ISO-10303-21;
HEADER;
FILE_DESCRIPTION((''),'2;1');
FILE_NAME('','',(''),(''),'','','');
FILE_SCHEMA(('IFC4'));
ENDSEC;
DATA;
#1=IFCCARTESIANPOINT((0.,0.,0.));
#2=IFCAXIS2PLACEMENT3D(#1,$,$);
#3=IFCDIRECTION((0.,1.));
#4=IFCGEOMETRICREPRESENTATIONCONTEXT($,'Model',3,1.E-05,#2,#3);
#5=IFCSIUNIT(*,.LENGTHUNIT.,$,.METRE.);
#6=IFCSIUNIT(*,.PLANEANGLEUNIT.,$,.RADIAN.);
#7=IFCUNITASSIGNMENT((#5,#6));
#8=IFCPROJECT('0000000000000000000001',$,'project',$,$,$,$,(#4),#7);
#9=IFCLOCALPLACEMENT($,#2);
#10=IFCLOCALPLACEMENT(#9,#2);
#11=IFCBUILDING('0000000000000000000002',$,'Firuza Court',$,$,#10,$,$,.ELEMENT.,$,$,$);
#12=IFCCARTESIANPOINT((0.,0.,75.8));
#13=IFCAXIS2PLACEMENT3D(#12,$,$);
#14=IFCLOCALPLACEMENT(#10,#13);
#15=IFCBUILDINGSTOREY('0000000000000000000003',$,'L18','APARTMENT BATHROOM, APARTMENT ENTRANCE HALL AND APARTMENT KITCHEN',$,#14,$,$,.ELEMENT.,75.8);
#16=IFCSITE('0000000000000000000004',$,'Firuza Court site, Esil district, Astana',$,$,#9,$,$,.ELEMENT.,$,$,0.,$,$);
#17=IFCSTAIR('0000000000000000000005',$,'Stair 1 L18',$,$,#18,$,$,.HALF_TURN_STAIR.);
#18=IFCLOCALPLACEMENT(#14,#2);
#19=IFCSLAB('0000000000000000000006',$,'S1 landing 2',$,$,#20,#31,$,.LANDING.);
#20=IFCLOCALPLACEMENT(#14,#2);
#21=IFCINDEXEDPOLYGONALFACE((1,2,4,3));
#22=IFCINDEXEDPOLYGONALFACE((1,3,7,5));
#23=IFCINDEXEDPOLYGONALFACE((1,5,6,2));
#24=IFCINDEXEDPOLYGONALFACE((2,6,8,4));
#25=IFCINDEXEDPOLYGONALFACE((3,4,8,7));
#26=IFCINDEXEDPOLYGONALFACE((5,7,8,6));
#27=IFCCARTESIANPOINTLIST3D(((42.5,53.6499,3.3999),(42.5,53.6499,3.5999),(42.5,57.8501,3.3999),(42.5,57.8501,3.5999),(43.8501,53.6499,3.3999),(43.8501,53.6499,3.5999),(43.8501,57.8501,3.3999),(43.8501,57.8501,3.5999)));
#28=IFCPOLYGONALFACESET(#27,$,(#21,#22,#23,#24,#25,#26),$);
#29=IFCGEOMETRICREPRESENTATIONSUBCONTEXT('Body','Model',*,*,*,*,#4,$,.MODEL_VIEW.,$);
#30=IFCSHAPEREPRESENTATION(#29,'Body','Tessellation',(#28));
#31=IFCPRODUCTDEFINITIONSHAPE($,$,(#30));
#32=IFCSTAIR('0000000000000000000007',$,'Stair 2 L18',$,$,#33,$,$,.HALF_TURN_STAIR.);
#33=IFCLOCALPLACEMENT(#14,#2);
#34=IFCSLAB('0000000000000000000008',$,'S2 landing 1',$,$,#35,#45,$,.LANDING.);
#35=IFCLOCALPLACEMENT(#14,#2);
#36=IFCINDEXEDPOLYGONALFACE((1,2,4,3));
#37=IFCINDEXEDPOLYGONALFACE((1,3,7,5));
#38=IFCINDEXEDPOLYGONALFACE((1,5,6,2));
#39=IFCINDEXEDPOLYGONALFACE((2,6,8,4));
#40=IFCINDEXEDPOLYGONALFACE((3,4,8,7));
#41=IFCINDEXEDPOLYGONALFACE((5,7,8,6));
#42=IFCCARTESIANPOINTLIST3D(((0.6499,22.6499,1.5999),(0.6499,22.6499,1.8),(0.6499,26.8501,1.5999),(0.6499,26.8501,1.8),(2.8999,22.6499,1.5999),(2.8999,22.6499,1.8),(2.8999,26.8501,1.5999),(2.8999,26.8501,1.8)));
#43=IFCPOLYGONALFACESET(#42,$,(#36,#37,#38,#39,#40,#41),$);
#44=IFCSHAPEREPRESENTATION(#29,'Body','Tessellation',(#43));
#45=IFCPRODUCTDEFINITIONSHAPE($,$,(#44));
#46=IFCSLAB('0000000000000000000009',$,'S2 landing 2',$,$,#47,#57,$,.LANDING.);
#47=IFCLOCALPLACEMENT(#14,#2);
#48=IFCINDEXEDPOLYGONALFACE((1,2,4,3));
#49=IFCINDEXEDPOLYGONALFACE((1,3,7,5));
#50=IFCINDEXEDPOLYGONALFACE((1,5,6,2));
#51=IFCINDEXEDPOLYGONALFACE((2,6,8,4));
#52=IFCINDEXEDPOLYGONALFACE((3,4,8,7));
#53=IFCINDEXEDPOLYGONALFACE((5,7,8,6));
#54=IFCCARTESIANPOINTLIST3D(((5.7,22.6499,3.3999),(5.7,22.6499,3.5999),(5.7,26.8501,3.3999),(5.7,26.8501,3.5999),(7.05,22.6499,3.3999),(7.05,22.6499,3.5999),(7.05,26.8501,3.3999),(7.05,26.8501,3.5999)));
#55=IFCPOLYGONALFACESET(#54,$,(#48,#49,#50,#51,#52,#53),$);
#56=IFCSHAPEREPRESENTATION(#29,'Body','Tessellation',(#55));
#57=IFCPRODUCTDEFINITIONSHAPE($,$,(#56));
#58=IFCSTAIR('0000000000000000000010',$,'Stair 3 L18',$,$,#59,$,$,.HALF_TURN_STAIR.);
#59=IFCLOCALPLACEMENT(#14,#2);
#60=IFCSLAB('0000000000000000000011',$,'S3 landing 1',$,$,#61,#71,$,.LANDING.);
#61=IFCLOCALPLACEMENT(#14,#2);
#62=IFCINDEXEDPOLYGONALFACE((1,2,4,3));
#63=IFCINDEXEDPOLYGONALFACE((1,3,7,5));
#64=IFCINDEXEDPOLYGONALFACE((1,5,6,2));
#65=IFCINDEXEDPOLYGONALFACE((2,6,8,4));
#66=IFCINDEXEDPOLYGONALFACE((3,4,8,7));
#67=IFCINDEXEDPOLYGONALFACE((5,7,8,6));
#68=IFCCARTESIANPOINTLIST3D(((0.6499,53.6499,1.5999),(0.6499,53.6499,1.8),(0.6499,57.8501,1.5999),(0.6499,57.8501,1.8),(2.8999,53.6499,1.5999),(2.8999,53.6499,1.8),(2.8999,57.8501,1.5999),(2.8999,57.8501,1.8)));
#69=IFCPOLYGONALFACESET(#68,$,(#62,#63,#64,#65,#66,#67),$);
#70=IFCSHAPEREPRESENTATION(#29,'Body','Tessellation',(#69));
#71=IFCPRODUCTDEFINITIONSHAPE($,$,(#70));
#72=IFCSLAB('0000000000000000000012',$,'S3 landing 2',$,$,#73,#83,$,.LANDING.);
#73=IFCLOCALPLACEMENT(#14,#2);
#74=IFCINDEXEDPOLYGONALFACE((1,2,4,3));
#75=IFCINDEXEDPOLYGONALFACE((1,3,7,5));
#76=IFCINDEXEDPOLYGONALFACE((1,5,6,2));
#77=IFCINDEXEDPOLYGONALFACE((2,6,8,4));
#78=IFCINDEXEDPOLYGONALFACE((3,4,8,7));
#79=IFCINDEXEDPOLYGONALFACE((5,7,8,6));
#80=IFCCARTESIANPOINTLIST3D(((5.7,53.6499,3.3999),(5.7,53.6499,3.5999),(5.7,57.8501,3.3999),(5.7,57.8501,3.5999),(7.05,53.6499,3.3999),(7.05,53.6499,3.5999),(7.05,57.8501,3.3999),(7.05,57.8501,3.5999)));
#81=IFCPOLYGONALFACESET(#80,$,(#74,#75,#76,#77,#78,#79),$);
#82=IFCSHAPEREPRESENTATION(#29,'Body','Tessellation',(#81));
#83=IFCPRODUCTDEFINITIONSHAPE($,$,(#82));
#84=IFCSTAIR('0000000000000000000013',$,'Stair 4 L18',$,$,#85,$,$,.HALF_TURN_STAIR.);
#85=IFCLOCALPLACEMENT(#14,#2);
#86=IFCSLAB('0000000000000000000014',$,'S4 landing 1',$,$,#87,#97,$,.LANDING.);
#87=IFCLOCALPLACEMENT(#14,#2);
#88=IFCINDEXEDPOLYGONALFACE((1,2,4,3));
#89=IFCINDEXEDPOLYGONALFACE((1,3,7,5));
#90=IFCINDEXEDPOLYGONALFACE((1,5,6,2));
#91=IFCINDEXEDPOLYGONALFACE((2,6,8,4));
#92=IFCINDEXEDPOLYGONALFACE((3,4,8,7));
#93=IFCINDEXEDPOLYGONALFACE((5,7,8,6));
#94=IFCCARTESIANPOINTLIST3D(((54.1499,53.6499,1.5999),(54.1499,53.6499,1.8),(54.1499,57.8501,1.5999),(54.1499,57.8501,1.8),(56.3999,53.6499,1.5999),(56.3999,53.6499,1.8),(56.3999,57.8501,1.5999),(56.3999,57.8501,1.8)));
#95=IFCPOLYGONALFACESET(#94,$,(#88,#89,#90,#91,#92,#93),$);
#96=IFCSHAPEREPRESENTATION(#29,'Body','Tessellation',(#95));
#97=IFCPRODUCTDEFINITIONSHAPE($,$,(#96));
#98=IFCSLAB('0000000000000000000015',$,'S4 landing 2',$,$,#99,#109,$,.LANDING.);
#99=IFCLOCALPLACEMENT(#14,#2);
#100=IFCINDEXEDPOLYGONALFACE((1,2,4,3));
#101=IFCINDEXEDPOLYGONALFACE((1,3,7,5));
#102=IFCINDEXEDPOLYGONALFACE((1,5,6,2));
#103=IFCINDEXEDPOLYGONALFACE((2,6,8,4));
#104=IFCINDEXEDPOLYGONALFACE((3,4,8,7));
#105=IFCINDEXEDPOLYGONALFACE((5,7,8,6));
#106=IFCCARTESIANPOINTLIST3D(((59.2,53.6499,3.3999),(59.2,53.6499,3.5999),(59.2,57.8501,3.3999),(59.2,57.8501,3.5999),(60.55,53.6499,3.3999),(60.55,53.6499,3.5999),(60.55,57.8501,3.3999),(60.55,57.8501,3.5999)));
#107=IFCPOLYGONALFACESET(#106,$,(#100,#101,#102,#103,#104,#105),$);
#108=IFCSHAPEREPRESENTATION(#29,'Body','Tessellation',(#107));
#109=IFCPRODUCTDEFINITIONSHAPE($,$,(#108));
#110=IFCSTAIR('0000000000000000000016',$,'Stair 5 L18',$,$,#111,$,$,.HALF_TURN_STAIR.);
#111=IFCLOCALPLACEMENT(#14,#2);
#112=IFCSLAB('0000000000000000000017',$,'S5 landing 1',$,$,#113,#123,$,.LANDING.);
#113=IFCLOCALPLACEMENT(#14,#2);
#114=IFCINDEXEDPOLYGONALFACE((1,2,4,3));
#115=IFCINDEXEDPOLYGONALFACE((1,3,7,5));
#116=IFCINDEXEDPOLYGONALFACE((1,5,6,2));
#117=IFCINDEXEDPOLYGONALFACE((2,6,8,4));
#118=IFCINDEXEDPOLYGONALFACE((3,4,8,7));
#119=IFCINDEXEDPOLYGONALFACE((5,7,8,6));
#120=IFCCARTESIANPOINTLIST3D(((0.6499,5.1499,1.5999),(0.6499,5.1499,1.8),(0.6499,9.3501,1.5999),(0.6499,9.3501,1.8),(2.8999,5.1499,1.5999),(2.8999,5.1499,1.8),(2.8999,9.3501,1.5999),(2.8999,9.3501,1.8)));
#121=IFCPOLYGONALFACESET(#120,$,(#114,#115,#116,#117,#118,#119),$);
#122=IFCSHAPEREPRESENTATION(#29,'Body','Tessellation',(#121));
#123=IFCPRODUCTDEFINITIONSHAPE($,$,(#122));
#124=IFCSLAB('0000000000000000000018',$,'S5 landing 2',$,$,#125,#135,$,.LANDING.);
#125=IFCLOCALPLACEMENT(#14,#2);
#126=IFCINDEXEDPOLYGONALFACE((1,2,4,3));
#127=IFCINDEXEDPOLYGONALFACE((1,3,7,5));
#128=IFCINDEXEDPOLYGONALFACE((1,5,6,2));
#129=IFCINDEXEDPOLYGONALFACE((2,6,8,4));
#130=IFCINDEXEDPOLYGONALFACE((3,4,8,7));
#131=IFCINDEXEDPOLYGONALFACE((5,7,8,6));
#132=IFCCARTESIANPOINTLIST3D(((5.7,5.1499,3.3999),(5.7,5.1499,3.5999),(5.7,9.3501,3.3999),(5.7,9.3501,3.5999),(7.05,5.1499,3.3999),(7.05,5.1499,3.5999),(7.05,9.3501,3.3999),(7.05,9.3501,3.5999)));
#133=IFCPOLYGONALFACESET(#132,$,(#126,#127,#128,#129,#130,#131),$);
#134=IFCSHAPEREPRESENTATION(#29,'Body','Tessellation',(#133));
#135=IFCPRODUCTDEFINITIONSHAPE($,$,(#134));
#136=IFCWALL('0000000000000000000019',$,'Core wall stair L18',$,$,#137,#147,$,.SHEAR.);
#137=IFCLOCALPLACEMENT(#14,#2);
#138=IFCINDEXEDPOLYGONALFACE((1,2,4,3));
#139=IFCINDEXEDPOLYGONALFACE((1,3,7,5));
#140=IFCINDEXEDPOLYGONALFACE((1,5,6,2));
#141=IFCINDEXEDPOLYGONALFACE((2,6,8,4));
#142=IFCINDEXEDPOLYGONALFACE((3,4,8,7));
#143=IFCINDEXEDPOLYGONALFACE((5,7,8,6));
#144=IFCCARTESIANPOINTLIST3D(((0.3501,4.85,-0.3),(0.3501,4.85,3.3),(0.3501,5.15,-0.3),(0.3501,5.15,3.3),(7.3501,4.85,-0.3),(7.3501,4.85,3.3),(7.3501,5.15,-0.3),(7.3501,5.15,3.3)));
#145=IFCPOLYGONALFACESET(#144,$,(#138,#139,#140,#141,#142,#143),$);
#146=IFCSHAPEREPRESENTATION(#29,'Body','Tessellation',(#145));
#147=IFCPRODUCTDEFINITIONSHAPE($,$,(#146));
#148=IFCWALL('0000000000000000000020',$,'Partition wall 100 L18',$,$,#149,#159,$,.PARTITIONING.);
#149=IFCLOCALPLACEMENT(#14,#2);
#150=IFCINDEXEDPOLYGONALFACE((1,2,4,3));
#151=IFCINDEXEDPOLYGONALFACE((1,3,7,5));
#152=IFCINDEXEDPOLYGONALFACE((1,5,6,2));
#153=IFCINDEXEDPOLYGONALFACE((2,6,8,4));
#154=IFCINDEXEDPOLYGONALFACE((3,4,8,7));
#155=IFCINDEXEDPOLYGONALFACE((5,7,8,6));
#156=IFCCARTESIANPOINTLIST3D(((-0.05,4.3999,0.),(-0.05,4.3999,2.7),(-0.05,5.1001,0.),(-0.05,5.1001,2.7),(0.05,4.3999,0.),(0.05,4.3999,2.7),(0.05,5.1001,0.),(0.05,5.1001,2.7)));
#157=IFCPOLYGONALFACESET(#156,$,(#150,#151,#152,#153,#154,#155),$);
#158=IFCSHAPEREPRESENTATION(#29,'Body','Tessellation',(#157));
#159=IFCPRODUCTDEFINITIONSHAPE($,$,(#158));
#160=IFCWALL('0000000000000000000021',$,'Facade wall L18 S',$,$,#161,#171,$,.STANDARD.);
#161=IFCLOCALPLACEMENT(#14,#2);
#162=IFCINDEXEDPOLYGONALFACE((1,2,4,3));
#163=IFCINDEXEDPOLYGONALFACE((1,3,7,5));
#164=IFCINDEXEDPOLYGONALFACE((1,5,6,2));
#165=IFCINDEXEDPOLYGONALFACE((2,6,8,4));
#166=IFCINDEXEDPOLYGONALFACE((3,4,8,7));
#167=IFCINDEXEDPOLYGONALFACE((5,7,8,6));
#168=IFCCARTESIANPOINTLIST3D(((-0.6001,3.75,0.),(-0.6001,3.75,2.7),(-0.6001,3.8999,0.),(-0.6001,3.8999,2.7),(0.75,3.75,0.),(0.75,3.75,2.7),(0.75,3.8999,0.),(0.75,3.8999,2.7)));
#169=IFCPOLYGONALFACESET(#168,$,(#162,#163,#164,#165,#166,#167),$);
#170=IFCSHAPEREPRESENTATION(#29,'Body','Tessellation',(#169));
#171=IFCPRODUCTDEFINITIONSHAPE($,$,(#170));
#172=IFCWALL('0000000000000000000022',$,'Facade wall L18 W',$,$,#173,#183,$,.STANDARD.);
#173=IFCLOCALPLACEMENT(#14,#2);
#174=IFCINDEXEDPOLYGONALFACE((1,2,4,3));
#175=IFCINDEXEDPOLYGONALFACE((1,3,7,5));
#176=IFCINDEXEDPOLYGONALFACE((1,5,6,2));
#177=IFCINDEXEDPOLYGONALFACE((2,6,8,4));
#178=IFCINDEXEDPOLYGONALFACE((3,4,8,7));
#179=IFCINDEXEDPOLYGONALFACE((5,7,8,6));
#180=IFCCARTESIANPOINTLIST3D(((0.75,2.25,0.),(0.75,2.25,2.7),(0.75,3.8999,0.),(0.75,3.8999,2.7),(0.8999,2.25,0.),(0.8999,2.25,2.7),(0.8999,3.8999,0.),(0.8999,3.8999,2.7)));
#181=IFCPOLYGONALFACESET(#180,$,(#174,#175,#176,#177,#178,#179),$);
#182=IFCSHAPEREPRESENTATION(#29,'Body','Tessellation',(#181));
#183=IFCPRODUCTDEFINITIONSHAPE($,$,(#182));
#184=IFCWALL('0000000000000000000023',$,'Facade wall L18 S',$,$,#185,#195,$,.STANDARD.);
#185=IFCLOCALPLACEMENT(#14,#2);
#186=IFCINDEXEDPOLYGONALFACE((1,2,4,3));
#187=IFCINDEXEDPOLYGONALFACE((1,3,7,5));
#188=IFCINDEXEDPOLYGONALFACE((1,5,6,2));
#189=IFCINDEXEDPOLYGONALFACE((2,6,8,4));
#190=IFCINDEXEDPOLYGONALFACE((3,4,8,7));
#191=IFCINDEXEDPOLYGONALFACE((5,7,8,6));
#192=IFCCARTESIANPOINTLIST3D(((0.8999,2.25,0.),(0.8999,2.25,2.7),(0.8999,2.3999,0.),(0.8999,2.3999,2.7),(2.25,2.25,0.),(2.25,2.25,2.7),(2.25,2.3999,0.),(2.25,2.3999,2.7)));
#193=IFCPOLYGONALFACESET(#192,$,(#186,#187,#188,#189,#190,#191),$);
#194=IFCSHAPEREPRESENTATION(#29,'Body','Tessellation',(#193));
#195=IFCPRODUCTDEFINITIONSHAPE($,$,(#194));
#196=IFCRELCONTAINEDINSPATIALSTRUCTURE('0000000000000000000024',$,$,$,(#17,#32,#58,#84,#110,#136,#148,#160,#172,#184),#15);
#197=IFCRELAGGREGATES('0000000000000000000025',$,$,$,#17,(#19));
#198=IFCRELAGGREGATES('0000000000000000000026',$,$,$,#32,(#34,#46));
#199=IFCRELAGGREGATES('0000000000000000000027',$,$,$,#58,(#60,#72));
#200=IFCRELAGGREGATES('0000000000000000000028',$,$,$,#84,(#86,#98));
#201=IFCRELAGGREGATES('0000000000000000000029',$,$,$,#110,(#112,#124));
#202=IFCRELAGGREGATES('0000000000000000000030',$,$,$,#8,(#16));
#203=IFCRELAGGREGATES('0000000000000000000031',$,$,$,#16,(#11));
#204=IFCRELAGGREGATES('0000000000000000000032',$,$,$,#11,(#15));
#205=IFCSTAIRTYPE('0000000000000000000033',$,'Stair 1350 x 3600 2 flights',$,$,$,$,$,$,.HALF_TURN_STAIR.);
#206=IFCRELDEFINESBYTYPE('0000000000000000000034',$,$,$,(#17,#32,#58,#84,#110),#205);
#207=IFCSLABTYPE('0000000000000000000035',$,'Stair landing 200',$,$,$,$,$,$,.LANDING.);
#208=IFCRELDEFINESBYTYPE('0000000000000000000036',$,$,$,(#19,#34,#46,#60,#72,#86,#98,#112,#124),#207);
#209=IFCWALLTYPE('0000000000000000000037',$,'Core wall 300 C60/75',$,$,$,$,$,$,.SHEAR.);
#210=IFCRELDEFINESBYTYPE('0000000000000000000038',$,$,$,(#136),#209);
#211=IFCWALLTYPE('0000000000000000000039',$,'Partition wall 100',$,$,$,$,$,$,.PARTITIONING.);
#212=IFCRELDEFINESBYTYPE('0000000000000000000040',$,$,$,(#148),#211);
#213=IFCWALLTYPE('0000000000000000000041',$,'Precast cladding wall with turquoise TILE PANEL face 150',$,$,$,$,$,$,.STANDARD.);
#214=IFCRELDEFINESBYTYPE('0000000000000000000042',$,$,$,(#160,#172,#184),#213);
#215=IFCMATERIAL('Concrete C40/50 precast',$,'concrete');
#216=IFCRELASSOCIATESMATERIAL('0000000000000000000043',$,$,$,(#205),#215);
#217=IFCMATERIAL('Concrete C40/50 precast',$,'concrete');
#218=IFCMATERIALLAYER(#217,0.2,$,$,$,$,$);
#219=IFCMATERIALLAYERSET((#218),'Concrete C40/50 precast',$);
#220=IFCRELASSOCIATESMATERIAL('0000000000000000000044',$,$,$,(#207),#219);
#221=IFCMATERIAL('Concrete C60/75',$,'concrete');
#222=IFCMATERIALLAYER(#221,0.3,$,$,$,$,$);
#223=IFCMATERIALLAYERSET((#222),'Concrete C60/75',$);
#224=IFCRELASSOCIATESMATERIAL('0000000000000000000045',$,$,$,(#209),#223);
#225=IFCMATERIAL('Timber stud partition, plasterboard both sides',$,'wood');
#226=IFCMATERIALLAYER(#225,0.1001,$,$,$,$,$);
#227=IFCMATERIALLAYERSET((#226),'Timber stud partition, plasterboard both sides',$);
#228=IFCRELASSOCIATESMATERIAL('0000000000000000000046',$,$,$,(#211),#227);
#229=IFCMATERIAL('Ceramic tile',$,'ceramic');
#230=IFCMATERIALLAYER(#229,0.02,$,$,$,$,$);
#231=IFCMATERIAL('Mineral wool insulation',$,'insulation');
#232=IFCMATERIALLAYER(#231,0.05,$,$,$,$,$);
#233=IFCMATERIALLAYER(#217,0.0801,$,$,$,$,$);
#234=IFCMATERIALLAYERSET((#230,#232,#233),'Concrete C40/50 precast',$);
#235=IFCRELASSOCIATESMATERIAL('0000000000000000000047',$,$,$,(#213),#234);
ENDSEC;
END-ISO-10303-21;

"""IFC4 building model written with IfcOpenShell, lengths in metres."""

from ifc_helpers import new_model, si_unit, direction, frame, frame_2d, origin, place, context, subcontext, project, spatial, polyline, rectangle, outline, extrude, material, layer, layer_set, type_object, element, aggregate, save


model = new_model("IFC4")

# Units and contexts
model_context = context("Model", 3, precision=1e-05, world=origin(), true_north=direction((0.0, 1.0)))
body_context = subcontext(model_context, "Body", "Model", "MODEL_VIEW")
ifc_project = project(units=[si_unit("LENGTHUNIT", "METRE"), si_unit("PLANEANGLEUNIT", "RADIAN")], contexts=[model_context])

# Site, building, storey
site_placement = place(None, origin())
site = spatial("IfcSite", under=ifc_project, at=site_placement, Name="Firuza Court site, Esil district, Astana", CompositionType="ELEMENT", RefElevation=0.0)
building_placement = place(site_placement, origin())
building = spatial("IfcBuilding", under=site, at=building_placement, Name="Firuza Court", CompositionType="ELEMENT")
storey_placement = place(building_placement, frame((0.0, 0.0, 75.8)))
storey = spatial("IfcBuildingStorey", under=building, at=storey_placement, Name="L18", Description="APARTMENT BATHROOM, APARTMENT ENTRANCE HALL AND APARTMENT KITCHEN", CompositionType="ELEMENT", Elevation=75.8)

# Stairs, slabs
ifc_material_1 = material(Name="Concrete C40/50 precast", Category="concrete")
stair_type = type_object("IfcStairType", Name="Stair 1350 x 3600 2 flights", PredefinedType="HALF_TURN_STAIR", material=ifc_material_1)
stair_1_placement = place(storey_placement, origin())
stair_1 = element("IfcStair", 1, at=stair_1_placement, inside=storey, type_object=stair_type, Name="Stair 1 L18", PredefinedType="HALF_TURN_STAIR")
ifc_material_2 = material(Name="Concrete C40/50 precast", Category="concrete")
ifc_layer_1 = layer(ifc_material_2, 0.2)
ifc_layer_set_1 = layer_set([ifc_layer_1], Name="Concrete C40/50 precast")
slab_type_1 = type_object("IfcSlabType", Name="Stair landing 200", PredefinedType="LANDING", material=ifc_layer_set_1)
slab_1_placement = place(storey_placement, frame((0.0, 0.0, 3.3999)))
slab_1 = element("IfcSlab", 2, at=slab_1_placement, type_object=slab_type_1, Name="S1 landing 2", PredefinedType="LANDING", context=body_context, shape_type="SweptSolid", body=[
    extrude(outline(polyline([(43.8501, 53.6499), (43.8501, 57.8501), (42.5, 57.8501), (42.5, 53.6499), (43.8501, 53.6499)])), origin(), (0.0, 0.0, 1.0), 0.2),
])
aggregate(stair_1, [slab_1])
stair_2_placement = place(storey_placement, origin())
stair_2 = element("IfcStair", 3, at=stair_2_placement, inside=storey, type_object=stair_type, Name="Stair 2 L18", PredefinedType="HALF_TURN_STAIR")
slab_2_placement = place(storey_placement, frame((0.0, 0.0, 1.5999)))
slab_2 = element("IfcSlab", 4, at=slab_2_placement, type_object=slab_type_1, Name="S2 landing 1", PredefinedType="LANDING", context=body_context, shape_type="SweptSolid", body=[
    extrude(outline(polyline([(2.8999, 22.6499), (2.8999, 26.8501), (0.6499, 26.8501), (0.6499, 22.6499), (2.8999, 22.6499)])), origin(), (0.0, 0.0, 1.0), 0.2002),
])
slab_3_placement = place(storey_placement, frame((0.0, 0.0, 3.3999)))
slab_3 = element("IfcSlab", 5, at=slab_3_placement, type_object=slab_type_1, Name="S2 landing 2", PredefinedType="LANDING", context=body_context, shape_type="SweptSolid", body=[
    extrude(outline(polyline([(7.05, 22.6499), (7.05, 26.8501), (5.7, 26.8501), (5.7, 22.6499), (7.05, 22.6499)])), origin(), (0.0, 0.0, 1.0), 0.2),
])
aggregate(stair_2, [slab_2, slab_3])
stair_3_placement = place(storey_placement, origin())
stair_3 = element("IfcStair", 6, at=stair_3_placement, inside=storey, type_object=stair_type, Name="Stair 3 L18", PredefinedType="HALF_TURN_STAIR")
slab_4_placement = place(storey_placement, frame((0.0, 0.0, 1.5999)))
slab_4 = element("IfcSlab", 7, at=slab_4_placement, type_object=slab_type_1, Name="S3 landing 1", PredefinedType="LANDING", context=body_context, shape_type="SweptSolid", body=[
    extrude(outline(polyline([(2.8999, 53.6499), (2.8999, 57.8501), (0.6499, 57.8501), (0.6499, 53.6499), (2.8999, 53.6499)])), origin(), (0.0, 0.0, 1.0), 0.2002),
])
slab_5_placement = place(storey_placement, frame((0.0, 0.0, 3.3999)))
slab_5 = element("IfcSlab", 8, at=slab_5_placement, type_object=slab_type_1, Name="S3 landing 2", PredefinedType="LANDING", context=body_context, shape_type="SweptSolid", body=[
    extrude(outline(polyline([(7.05, 53.6499), (7.05, 57.8501), (5.7, 57.8501), (5.7, 53.6499), (7.05, 53.6499)])), origin(), (0.0, 0.0, 1.0), 0.2),
])
aggregate(stair_3, [slab_4, slab_5])
stair_4_placement = place(storey_placement, origin())
stair_4 = element("IfcStair", 9, at=stair_4_placement, inside=storey, type_object=stair_type, Name="Stair 4 L18", PredefinedType="HALF_TURN_STAIR")
slab_6_placement = place(storey_placement, frame((0.0, 0.0, 1.5999)))
slab_6 = element("IfcSlab", 10, at=slab_6_placement, type_object=slab_type_1, Name="S4 landing 1", PredefinedType="LANDING", context=body_context, shape_type="SweptSolid", body=[
    extrude(outline(polyline([(56.3999, 53.6499), (56.3999, 57.8501), (54.1499, 57.8501), (54.1499, 53.6499), (56.3999, 53.6499)])), origin(), (0.0, 0.0, 1.0), 0.2002),
])
slab_7_placement = place(storey_placement, frame((0.0, 0.0, 3.3999)))
slab_7 = element("IfcSlab", 11, at=slab_7_placement, type_object=slab_type_1, Name="S4 landing 2", PredefinedType="LANDING", context=body_context, shape_type="SweptSolid", body=[
    extrude(outline(polyline([(60.55, 53.6499), (60.55, 57.8501), (59.2, 57.8501), (59.2, 53.6499), (60.55, 53.6499)])), origin(), (0.0, 0.0, 1.0), 0.2),
])
aggregate(stair_4, [slab_6, slab_7])
stair_5_placement = place(storey_placement, origin())
stair_5 = element("IfcStair", 12, at=stair_5_placement, inside=storey, type_object=stair_type, Name="Stair 5 L18", PredefinedType="HALF_TURN_STAIR")
slab_8_placement = place(storey_placement, frame((0.0, 0.0, 1.5999)))
slab_8 = element("IfcSlab", 13, at=slab_8_placement, type_object=slab_type_1, Name="S5 landing 1", PredefinedType="LANDING", context=body_context, shape_type="SweptSolid", body=[
    extrude(outline(polyline([(2.8999, 5.1499), (2.8999, 9.3501), (0.6499, 9.3501), (0.6499, 5.1499), (2.8999, 5.1499)])), origin(), (0.0, 0.0, 1.0), 0.2002),
])
slab_9_placement = place(storey_placement, frame((0.0, 0.0, 3.3999)))
slab_9 = element("IfcSlab", 14, at=slab_9_placement, type_object=slab_type_1, Name="S5 landing 2", PredefinedType="LANDING", context=body_context, shape_type="SweptSolid", body=[
    extrude(outline(polyline([(7.05, 5.1499), (7.05, 9.3501), (5.7, 9.3501), (5.7, 5.1499), (7.05, 5.1499)])), origin(), (0.0, 0.0, 1.0), 0.2),
])
aggregate(stair_5, [slab_8, slab_9])

# Walls
ifc_material_3 = material(Name="Concrete C60/75", Category="concrete")
ifc_layer_2 = layer(ifc_material_3, 0.3)
ifc_layer_set_2 = layer_set([ifc_layer_2], Name="Concrete C60/75")
wall_type_1 = type_object("IfcWallType", Name="Core wall 300 C60/75", PredefinedType="SHEAR", material=ifc_layer_set_2)
wall_1_placement = place(storey_placement, frame((0.3501, 5.0, -0.3), z_axis=(0.0, 0.0, 1.0), x_axis=(1.0, 0.0, 0.0)))
element("IfcWall", 15, at=wall_1_placement, inside=storey, type_object=wall_type_1, Name="Core wall stair L18", PredefinedType="SHEAR", context=body_context, shape_type="SweptSolid", body=[
    extrude(rectangle(XDim=7.0, YDim=0.3, at=frame_2d((3.5, 0.0))), origin(), (0.0, 0.0, 1.0), 3.6001),
])
ifc_material_4 = material(Name="Timber stud partition, plasterboard both sides", Category="wood")
ifc_layer_3 = layer(ifc_material_4, 0.1001)
ifc_layer_set_3 = layer_set([ifc_layer_3], Name="Timber stud partition, plasterboard both sides")
wall_type_2 = type_object("IfcWallType", Name="Partition wall 100", PredefinedType="PARTITIONING", material=ifc_layer_set_3)
wall_2_placement = place(storey_placement, frame((0.0, 4.3999, 0.0), z_axis=(0.0, 0.0, 1.0), x_axis=(0.0, 1.0, 0.0)))
element("IfcWall", 16, at=wall_2_placement, inside=storey, type_object=wall_type_2, Name="Partition wall 100 L18", PredefinedType="PARTITIONING", context=body_context, shape_type="SweptSolid", body=[
    extrude(rectangle(XDim=0.7002, YDim=0.1001, at=frame_2d((0.3501, 0.0))), origin(), (0.0, 0.0, 1.0), 2.7),
])
ifc_material_5 = material(Name="Ceramic tile", Category="ceramic")
ifc_layer_4 = layer(ifc_material_5, 0.02)
ifc_material_6 = material(Name="Mineral wool insulation", Category="insulation")
ifc_layer_5 = layer(ifc_material_6, 0.05)
ifc_layer_6 = layer(ifc_material_2, 0.0801)
ifc_layer_set_4 = layer_set([ifc_layer_4, ifc_layer_5, ifc_layer_6], Name="Concrete C40/50 precast")
wall_type_3 = type_object("IfcWallType", Name="Precast cladding wall with turquoise TILE PANEL face 150", PredefinedType="STANDARD", material=ifc_layer_set_4)
wall_3_placement = place(storey_placement, frame((-0.6001, 3.825, 0.0), z_axis=(0.0, 0.0, 1.0), x_axis=(1.0, 0.0, 0.0)))
element("IfcWall", 17, at=wall_3_placement, inside=storey, type_object=wall_type_3, Name="Facade wall L18 S", PredefinedType="STANDARD", context=body_context, shape_type="SweptSolid", body=[
    extrude(rectangle(XDim=1.3501, YDim=0.1499, at=frame_2d((0.675, 0.0))), origin(), (0.0, 0.0, 1.0), 2.7),
])
wall_4_placement = place(storey_placement, frame((0.825, 3.8999, 0.0), z_axis=(0.0, 0.0, 1.0), x_axis=(0.0, -1.0, 0.0)))
element("IfcWall", 18, at=wall_4_placement, inside=storey, type_object=wall_type_3, Name="Facade wall L18 W", PredefinedType="STANDARD", context=body_context, shape_type="SweptSolid", body=[
    extrude(rectangle(XDim=1.6499, YDim=0.1499, at=frame_2d((0.825, 0.0))), origin(), (0.0, 0.0, 1.0), 2.7),
])
wall_5_placement = place(storey_placement, frame((0.8999, 2.325, 0.0), z_axis=(0.0, 0.0, 1.0), x_axis=(1.0, 0.0, 0.0)))
element("IfcWall", 19, at=wall_5_placement, inside=storey, type_object=wall_type_3, Name="Facade wall L18 S", PredefinedType="STANDARD", context=body_context, shape_type="SweptSolid", body=[
    extrude(rectangle(XDim=1.3501, YDim=0.1499, at=frame_2d((0.675, 0.0))), origin(), (0.0, 0.0, 1.0), 2.7),
])

save(model, "model.ifc")
